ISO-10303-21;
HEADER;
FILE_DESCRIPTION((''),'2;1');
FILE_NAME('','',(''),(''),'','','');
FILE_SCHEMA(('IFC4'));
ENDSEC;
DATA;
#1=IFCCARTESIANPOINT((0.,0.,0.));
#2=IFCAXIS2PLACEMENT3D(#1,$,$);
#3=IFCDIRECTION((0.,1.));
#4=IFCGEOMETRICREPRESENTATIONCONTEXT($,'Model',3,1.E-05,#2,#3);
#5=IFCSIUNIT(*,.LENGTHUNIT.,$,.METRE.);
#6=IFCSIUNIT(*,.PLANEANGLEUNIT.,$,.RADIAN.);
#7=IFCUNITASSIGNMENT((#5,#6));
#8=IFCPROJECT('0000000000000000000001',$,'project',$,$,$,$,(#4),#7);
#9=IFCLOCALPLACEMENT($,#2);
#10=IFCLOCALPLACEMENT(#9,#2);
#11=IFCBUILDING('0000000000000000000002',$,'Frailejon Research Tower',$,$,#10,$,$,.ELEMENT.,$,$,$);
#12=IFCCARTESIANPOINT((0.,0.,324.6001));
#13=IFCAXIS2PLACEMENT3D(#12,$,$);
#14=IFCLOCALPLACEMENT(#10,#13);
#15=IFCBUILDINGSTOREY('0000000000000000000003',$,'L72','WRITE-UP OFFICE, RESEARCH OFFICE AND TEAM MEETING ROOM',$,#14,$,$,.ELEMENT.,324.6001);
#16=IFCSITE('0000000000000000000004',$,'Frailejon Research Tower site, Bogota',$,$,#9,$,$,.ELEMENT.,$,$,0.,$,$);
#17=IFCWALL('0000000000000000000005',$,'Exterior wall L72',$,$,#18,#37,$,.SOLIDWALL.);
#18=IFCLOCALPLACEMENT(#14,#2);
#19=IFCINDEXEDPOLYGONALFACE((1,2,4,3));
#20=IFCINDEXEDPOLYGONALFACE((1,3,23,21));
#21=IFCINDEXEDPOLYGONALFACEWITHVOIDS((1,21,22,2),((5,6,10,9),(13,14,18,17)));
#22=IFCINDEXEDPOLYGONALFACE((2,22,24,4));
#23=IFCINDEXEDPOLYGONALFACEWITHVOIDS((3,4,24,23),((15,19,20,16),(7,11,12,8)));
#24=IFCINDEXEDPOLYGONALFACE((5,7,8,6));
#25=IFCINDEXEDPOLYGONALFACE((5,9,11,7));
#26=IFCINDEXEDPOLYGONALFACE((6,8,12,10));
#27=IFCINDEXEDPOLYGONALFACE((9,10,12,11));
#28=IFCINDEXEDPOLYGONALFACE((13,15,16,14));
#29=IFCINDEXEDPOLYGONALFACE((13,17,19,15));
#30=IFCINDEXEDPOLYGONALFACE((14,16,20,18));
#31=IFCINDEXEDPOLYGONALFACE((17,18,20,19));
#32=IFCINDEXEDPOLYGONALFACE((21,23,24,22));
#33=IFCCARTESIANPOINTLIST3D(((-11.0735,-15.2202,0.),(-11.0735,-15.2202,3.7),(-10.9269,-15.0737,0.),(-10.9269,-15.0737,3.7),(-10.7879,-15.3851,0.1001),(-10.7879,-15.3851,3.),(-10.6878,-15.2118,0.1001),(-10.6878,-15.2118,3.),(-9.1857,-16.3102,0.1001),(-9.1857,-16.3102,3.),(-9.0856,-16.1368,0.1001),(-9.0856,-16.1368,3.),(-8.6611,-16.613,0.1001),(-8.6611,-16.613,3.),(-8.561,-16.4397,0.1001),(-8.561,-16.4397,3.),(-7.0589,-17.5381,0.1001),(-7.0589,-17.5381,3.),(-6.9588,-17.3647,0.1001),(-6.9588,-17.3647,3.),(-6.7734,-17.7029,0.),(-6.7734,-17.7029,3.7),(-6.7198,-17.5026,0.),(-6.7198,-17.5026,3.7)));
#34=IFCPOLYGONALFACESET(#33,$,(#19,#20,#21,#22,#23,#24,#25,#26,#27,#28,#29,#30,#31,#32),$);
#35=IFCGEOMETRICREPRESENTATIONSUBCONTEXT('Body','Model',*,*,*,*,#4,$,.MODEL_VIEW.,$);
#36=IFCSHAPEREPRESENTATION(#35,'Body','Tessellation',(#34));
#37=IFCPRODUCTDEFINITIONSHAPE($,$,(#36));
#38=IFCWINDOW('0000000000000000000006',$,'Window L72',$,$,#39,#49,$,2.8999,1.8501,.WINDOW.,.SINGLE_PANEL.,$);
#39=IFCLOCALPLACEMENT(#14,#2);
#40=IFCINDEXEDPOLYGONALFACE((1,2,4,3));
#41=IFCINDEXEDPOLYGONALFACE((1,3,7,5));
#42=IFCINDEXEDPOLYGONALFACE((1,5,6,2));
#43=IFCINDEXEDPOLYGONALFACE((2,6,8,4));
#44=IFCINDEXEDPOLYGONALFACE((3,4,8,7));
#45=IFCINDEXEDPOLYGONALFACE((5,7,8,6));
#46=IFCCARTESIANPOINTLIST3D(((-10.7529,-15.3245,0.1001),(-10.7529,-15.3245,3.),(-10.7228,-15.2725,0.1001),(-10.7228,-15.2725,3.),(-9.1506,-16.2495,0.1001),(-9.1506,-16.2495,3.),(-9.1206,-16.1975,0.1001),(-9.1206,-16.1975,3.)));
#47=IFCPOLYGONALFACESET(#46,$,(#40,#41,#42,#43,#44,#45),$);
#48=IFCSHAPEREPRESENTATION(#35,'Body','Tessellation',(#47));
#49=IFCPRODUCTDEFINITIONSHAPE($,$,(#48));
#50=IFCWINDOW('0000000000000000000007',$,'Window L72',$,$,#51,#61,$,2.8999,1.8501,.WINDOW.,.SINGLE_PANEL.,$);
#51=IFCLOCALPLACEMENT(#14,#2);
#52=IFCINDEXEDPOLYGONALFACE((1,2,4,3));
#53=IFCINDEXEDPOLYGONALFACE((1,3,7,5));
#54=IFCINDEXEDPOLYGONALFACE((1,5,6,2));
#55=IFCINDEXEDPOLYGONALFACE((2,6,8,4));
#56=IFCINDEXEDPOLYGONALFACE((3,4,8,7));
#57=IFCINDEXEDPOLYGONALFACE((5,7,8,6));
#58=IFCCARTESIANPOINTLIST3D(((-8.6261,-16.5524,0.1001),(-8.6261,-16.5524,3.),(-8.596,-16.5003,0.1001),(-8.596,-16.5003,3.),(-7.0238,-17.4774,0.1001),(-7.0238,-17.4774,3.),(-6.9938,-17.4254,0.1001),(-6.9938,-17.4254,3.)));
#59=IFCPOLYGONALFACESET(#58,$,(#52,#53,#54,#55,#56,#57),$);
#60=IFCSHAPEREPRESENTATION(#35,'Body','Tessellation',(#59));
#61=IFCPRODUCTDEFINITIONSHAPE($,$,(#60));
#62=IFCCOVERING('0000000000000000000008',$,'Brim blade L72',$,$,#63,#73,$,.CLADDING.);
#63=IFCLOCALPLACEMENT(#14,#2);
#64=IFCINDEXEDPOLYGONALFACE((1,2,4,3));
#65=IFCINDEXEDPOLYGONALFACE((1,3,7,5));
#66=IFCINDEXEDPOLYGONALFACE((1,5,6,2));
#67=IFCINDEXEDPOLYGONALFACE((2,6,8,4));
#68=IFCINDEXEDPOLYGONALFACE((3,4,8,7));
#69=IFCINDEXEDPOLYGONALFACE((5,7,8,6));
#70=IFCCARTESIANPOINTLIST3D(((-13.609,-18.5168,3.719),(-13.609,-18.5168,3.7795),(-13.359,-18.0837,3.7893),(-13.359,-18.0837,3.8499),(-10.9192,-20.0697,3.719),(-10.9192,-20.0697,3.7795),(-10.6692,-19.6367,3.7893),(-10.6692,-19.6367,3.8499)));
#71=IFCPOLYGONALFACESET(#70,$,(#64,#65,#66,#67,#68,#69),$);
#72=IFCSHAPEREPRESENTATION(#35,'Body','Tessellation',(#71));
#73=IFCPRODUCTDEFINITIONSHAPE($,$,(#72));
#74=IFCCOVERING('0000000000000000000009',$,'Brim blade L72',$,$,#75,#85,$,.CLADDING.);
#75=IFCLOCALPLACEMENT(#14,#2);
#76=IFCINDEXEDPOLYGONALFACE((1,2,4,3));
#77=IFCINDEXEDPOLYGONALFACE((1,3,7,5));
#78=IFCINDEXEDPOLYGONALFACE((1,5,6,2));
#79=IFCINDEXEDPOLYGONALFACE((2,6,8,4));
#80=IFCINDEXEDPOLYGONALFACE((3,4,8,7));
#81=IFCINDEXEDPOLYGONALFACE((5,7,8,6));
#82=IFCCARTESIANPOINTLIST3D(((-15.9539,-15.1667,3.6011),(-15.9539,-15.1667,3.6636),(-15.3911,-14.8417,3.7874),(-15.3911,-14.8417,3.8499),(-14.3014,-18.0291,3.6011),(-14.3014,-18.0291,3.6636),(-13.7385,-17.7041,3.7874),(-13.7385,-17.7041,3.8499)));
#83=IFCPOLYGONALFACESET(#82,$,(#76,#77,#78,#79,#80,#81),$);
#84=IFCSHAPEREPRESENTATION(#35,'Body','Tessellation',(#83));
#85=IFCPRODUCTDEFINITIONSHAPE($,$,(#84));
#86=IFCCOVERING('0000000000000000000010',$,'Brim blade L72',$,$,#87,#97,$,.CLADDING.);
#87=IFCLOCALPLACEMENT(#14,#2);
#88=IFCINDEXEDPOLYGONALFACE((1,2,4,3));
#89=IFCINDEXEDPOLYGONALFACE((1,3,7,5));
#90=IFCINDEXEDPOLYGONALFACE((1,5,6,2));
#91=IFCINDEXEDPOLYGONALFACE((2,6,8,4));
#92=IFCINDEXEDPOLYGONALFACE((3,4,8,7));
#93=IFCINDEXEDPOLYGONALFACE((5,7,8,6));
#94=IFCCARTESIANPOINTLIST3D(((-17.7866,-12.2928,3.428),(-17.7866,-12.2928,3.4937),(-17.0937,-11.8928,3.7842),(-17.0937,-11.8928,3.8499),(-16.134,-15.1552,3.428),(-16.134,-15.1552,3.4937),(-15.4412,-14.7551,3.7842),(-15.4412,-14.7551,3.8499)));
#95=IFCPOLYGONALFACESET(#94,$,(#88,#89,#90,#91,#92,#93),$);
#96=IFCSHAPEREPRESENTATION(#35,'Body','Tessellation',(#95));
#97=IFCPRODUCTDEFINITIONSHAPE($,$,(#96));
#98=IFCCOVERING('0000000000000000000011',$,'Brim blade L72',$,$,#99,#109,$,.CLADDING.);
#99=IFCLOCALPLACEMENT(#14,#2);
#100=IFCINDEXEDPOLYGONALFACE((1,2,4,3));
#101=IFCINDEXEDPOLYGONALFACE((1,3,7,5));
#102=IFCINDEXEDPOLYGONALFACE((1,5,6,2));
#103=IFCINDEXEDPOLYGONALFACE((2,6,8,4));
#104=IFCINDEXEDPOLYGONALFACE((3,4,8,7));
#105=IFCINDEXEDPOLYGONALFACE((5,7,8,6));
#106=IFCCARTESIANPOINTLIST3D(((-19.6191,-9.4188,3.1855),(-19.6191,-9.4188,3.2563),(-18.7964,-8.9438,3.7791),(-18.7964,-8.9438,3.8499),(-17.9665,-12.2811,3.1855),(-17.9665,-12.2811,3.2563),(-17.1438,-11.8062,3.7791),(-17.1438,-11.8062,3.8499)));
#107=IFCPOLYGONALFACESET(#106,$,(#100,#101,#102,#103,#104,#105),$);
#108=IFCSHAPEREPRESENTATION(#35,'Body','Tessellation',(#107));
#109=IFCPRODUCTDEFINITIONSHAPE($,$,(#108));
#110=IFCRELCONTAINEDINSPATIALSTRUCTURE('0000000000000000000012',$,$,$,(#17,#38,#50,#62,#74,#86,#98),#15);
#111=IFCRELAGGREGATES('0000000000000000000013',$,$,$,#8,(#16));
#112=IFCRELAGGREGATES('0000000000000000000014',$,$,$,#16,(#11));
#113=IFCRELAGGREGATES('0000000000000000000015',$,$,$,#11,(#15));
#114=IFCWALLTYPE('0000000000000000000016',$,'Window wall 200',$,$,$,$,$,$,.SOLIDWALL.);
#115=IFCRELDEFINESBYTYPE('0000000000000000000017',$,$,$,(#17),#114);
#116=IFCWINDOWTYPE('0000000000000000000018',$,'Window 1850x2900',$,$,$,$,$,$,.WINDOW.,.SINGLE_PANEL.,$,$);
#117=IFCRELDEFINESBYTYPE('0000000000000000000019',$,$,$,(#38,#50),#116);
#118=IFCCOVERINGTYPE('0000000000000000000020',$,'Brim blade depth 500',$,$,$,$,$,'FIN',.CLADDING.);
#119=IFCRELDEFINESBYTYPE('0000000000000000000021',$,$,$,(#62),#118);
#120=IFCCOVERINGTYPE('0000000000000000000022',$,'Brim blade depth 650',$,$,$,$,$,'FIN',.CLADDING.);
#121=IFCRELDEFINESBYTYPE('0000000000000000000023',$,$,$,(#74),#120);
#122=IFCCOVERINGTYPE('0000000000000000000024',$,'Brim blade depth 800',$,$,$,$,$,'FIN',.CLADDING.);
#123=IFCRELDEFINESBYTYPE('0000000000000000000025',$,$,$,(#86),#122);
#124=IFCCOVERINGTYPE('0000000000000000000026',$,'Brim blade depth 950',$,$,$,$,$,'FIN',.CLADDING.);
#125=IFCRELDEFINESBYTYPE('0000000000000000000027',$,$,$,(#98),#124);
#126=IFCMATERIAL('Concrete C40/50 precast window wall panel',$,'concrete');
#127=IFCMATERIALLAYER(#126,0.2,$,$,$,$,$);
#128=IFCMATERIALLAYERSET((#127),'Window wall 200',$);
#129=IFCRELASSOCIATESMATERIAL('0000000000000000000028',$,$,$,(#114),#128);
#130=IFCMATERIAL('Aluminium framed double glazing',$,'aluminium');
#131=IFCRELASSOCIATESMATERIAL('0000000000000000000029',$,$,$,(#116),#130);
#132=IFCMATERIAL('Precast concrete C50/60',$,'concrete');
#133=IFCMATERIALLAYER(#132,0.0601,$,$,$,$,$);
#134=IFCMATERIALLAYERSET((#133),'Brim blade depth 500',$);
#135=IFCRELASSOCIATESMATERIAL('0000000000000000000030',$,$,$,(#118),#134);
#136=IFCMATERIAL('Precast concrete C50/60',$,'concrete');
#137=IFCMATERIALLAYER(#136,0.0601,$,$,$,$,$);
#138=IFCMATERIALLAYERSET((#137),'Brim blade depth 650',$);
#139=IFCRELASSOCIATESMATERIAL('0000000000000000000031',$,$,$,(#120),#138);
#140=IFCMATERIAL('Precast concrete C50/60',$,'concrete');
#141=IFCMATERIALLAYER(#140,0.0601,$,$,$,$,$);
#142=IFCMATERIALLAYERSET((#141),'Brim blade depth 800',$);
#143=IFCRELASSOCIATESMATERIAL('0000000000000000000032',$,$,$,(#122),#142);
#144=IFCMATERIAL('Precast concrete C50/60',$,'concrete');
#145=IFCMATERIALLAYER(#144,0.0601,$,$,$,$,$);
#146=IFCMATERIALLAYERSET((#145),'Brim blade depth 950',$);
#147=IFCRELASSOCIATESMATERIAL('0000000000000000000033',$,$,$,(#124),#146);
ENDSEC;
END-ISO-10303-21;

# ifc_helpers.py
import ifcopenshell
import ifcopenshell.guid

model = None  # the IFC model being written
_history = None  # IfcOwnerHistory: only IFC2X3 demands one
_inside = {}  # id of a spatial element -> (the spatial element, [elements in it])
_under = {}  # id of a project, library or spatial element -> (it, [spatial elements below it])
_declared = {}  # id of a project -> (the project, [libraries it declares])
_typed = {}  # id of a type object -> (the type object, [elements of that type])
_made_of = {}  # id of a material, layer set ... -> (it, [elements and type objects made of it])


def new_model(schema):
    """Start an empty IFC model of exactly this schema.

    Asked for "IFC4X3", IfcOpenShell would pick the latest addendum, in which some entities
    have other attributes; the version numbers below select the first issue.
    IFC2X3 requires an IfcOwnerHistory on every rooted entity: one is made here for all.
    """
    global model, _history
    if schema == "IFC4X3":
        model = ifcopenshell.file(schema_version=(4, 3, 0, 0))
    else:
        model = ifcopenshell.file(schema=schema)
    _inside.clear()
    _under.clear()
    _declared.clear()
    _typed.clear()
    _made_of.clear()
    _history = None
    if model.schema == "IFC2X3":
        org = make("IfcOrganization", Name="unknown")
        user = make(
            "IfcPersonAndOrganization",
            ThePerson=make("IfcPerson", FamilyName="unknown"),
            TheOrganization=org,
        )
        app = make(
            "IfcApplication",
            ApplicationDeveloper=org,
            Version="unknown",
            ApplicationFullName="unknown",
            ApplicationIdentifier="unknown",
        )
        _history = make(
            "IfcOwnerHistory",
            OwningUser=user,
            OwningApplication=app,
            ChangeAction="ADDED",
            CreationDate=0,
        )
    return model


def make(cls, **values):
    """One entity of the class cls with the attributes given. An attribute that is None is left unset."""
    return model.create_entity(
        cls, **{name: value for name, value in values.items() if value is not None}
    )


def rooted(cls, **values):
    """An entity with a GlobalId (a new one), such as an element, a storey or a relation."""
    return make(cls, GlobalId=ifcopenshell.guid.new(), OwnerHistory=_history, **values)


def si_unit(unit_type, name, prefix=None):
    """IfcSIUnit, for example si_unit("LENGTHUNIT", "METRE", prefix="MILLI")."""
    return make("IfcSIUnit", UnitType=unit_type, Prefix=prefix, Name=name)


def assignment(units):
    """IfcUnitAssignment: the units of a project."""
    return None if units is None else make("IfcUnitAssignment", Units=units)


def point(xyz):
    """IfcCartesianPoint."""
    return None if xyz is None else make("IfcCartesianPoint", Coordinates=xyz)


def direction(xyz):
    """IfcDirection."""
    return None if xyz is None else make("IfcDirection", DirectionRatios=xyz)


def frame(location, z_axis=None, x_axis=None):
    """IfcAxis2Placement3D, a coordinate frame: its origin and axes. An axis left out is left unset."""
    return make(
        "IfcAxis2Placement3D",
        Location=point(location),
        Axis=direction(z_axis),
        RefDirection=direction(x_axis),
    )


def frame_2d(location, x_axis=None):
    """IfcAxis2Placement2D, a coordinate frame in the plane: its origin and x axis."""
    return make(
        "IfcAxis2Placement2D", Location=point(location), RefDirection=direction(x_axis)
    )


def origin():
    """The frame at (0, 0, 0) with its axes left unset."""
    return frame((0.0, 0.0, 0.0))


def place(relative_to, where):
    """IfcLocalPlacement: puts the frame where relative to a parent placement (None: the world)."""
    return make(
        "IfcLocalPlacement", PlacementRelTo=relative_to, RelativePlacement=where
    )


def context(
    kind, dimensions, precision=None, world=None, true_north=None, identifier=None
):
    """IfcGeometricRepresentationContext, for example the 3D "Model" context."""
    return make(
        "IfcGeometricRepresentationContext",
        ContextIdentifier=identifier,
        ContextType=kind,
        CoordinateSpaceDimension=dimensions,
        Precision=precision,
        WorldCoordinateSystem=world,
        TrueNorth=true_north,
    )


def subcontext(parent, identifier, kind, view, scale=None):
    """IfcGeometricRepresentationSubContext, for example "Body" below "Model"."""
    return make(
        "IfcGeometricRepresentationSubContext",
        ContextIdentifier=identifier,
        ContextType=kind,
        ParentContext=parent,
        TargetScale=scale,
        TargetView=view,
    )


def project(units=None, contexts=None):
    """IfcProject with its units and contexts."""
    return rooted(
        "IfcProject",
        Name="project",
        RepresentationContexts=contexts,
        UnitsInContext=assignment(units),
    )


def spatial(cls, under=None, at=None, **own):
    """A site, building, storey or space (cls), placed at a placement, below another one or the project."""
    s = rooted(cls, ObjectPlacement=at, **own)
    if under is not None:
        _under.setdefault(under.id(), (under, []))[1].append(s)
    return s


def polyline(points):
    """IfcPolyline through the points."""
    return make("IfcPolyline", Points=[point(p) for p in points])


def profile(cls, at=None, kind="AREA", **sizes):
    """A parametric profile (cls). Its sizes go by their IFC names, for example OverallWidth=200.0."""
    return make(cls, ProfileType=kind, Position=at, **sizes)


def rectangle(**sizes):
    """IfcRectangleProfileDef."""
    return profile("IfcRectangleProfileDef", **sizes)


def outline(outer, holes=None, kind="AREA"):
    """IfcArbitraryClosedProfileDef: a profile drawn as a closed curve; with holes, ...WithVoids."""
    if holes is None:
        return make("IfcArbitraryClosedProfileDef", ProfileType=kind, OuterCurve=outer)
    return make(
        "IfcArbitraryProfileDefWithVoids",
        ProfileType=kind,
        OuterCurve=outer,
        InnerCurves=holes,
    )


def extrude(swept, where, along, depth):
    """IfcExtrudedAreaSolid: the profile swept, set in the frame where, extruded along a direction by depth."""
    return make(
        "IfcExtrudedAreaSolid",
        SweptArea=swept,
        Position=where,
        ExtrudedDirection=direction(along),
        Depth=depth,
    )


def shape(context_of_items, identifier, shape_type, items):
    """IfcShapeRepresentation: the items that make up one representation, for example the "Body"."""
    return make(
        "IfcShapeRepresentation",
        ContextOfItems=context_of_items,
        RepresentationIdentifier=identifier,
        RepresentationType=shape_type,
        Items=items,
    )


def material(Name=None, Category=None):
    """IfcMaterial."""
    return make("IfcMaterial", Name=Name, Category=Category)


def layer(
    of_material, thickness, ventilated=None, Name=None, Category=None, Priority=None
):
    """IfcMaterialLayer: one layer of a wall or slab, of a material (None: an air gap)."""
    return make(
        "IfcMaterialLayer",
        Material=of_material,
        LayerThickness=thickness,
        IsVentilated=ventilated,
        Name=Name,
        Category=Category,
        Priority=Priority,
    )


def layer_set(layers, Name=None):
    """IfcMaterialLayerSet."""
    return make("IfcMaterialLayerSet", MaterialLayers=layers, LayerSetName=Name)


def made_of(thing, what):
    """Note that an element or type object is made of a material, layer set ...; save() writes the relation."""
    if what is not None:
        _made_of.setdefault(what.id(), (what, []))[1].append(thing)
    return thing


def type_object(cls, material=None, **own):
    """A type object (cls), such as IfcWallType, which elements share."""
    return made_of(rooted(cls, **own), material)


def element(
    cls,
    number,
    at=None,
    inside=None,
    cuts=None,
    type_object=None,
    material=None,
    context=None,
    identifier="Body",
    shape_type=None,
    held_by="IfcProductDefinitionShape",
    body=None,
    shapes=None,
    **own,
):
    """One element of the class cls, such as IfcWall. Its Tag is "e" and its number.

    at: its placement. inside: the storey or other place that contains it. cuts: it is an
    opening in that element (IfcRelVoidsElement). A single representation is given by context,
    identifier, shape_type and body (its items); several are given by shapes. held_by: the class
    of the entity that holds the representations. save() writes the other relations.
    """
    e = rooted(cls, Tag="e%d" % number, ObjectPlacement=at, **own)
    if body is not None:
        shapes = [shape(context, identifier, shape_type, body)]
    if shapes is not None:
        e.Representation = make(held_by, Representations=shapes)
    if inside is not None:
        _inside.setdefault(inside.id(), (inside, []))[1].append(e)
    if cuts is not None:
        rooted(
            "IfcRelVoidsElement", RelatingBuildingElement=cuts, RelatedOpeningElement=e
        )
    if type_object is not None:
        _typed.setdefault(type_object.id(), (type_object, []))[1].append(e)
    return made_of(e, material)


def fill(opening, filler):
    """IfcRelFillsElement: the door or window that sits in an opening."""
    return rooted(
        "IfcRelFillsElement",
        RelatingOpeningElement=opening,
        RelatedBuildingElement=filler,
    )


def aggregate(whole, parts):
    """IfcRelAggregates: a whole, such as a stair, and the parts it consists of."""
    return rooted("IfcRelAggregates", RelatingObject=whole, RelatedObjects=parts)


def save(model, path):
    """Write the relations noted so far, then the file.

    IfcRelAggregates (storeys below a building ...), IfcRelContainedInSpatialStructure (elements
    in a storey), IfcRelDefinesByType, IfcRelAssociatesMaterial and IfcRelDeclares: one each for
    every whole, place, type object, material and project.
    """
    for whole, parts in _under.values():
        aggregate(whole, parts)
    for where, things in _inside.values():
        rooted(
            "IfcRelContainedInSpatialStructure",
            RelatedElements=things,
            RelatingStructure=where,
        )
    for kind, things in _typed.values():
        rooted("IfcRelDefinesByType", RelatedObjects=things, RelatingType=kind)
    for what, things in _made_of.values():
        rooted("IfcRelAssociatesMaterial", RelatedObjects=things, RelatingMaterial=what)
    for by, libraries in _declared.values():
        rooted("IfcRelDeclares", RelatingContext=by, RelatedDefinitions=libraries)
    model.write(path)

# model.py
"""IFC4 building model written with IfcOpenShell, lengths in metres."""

from ifc_helpers import new_model, si_unit, direction, frame, frame_2d, origin, place, context, subcontext, project, spatial, polyline, rectangle, outline, extrude, material, layer, layer_set, type_object, element, fill, save


model = new_model("IFC4")

# Units and contexts
model_context = context("Model", 3, precision=1e-05, world=origin(), true_north=direction((0.0, 1.0)))
body_context = subcontext(model_context, "Body", "Model", "MODEL_VIEW")
ifc_project = project(units=[si_unit("LENGTHUNIT", "METRE"), si_unit("PLANEANGLEUNIT", "RADIAN")], contexts=[model_context])

# Site, building, storey
site_placement = place(None, origin())
site = spatial("IfcSite", under=ifc_project, at=site_placement, Name="Frailejon Research Tower site, Bogota", CompositionType="ELEMENT", RefElevation=0.0)
building_placement = place(site_placement, origin())
building = spatial("IfcBuilding", under=site, at=building_placement, Name="Frailejon Research Tower", CompositionType="ELEMENT")
storey_placement = place(building_placement, frame((0.0, 0.0, 324.6001)))
storey = spatial("IfcBuildingStorey", under=building, at=storey_placement, Name="L72", Description="WRITE-UP OFFICE, RESEARCH OFFICE AND TEAM MEETING ROOM", CompositionType="ELEMENT", Elevation=324.6001)

# Wall, openings, windows
ifc_material_1 = material(Name="Concrete C40/50 precast window wall panel", Category="concrete")
ifc_layer_1 = layer(ifc_material_1, 0.2)
ifc_layer_set_1 = layer_set([ifc_layer_1], Name="Window wall 200")
wall_type = type_object("IfcWallType", Name="Window wall 200", PredefinedType="SOLIDWALL", material=ifc_layer_set_1)
wall_placement = place(storey_placement, frame((-11.0002, -15.147, 0.0), z_axis=(0.0, 0.0, 1.0), x_axis=(0.866029, -0.499994, 0.0)))
wall = element("IfcWall", 1, at=wall_placement, inside=storey, type_object=wall_type, Name="Exterior wall L72", PredefinedType="SOLIDWALL", context=body_context, shape_type="SweptSolid", body=[
    extrude(outline(polyline([(-0.0269, -0.1001), (1.2144, -0.1001), (2.4558, -0.1001), (3.6973, -0.1001), (4.9385, -0.1001), (4.8848, 0.1001), (3.6704, 0.1001), (2.4558, 0.1001), (1.2412, 0.1001), (0.0269, 0.1001), (-0.0269, -0.1001)])), origin(), (0.0, 0.0, 1.0), 3.7),
])
opening_1_placement = place(wall_placement, frame((0.303, 0.0, 0.1001)))
opening_1 = element("IfcOpeningElement", 2, at=opening_1_placement, cuts=wall, PredefinedType="OPENING", context=body_context, shape_type="SweptSolid", body=[
    extrude(rectangle(XDim=1.8501, YDim=2.8999, at=frame_2d((0.925, 1.45))), frame((0.0, 0.1099, 0.0), z_axis=(0.0, -1.0, 0.0), x_axis=(1.0, 0.0, 0.0)), (0.0, 0.0, 1.0), 0.22),
])
opening_2_placement = place(wall_placement, frame((2.7588, 0.0, 0.1001)))
opening_2 = element("IfcOpeningElement", 3, at=opening_2_placement, cuts=wall, PredefinedType="OPENING", context=body_context, shape_type="SweptSolid", body=[
    extrude(rectangle(XDim=1.8501, YDim=2.8999, at=frame_2d((0.925, 1.45))), frame((0.0, 0.1099, 0.0), z_axis=(0.0, -1.0, 0.0), x_axis=(1.0, 0.0, 0.0)), (0.0, 0.0, 1.0), 0.22),
])
ifc_material_2 = material(Name="Aluminium framed double glazing", Category="aluminium")
window_type = type_object("IfcWindowType", Name="Window 1850x2900", PartitioningType="SINGLE_PANEL", PredefinedType="WINDOW", material=ifc_material_2)
window_1_placement = place(opening_1_placement, origin())
window_1 = element("IfcWindow", 4, at=window_1_placement, inside=storey, type_object=window_type, Name="Window L72", OverallHeight=2.8999, OverallWidth=1.8501, PartitioningType="SINGLE_PANEL", PredefinedType="WINDOW", context=body_context, shape_type="SweptSolid", body=[
    extrude(rectangle(XDim=1.8501, YDim=2.8999, at=frame_2d((0.925, 1.45))), frame((0.0, 0.03, 0.0), z_axis=(0.0, -1.0, 0.0), x_axis=(1.0, 0.0, 0.0)), (0.0, 0.0, 1.0), 0.0601),
])
fill(opening_1, window_1)
window_2_placement = place(opening_2_placement, origin())
window_2 = element("IfcWindow", 5, at=window_2_placement, inside=storey, type_object=window_type, Name="Window L72", OverallHeight=2.8999, OverallWidth=1.8501, PartitioningType="SINGLE_PANEL", PredefinedType="WINDOW", context=body_context, shape_type="SweptSolid", body=[
    extrude(rectangle(XDim=1.8501, YDim=2.8999, at=frame_2d((0.925, 1.45))), frame((0.0, 0.03, 0.0), z_axis=(0.0, -1.0, 0.0), x_axis=(1.0, 0.0, 0.0)), (0.0, 0.0, 1.0), 0.0601),
])
fill(opening_2, window_2)

# Coverings
ifc_material_3 = material(Name="Precast concrete C50/60", Category="concrete")
ifc_layer_2 = layer(ifc_material_3, 0.0601)
ifc_layer_set_2 = layer_set([ifc_layer_2], Name="Brim blade depth 500")
covering_type_1 = type_object("IfcCoveringType", Name="Brim blade depth 500", ElementType="FIN", PredefinedType="CLADDING", material=ifc_layer_set_2)
covering_1_placement = place(storey_placement, frame((-10.6692, -19.6367, 3.8499), z_axis=(-0.866027, 0.499997, 0.0), x_axis=(-0.499997, -0.866027, 0.0)))
element("IfcCovering", 6, at=covering_1_placement, inside=storey, type_object=covering_type_1, Name="Brim blade L72", PredefinedType="CLADDING", context=body_context, shape_type="SweptSolid", body=[
    extrude(outline(polyline([(0.0, -0.0605), (0.5, -0.1309), (0.5, -0.0703), (0.0, 0.0), (0.0, -0.0605)])), origin(), (0.0, 0.0, 1.0), 3.106),
])
ifc_material_4 = material(Name="Precast concrete C50/60", Category="concrete")
ifc_layer_3 = layer(ifc_material_4, 0.0601)
ifc_layer_set_3 = layer_set([ifc_layer_3], Name="Brim blade depth 650")
covering_type_2 = type_object("IfcCoveringType", Name="Brim blade depth 650", ElementType="FIN", PredefinedType="CLADDING", material=ifc_layer_set_3)
covering_2_placement = place(storey_placement, frame((-13.7385, -17.7041, 3.8499), z_axis=(-0.499999, 0.866026, 0.0), x_axis=(-0.866026, -0.499999, 0.0)))
element("IfcCovering", 7, at=covering_2_placement, inside=storey, type_object=covering_type_2, Name="Brim blade L72", PredefinedType="CLADDING", context=body_context, shape_type="SweptSolid", body=[
    extrude(outline(polyline([(0.0, -0.0625), (0.6499, -0.2488), (0.6499, -0.1863), (0.0, 0.0), (0.0, -0.0625)])), origin(), (0.0, 0.0, 1.0), 3.3052),
])
ifc_material_5 = material(Name="Precast concrete C50/60", Category="concrete")
ifc_layer_4 = layer(ifc_material_5, 0.0601)
ifc_layer_set_4 = layer_set([ifc_layer_4], Name="Brim blade depth 800")
covering_type_3 = type_object("IfcCoveringType", Name="Brim blade depth 800", ElementType="FIN", PredefinedType="CLADDING", material=ifc_layer_set_4)
covering_3_placement = place(storey_placement, frame((-15.4412, -14.7551, 3.8499), z_axis=(-0.499999, 0.866026, 0.0), x_axis=(-0.866026, -0.499999, 0.0)))
element("IfcCovering", 8, at=covering_3_placement, inside=storey, type_object=covering_type_3, Name="Brim blade L72", PredefinedType="CLADDING", context=body_context, shape_type="SweptSolid", body=[
    extrude(outline(polyline([(0.0, -0.0657), (0.8, -0.4219), (0.8, -0.3562), (0.0, 0.0), (0.0, -0.0657)])), origin(), (0.0, 0.0, 1.0), 3.3052),
])
ifc_material_6 = material(Name="Precast concrete C50/60", Category="concrete")
ifc_layer_5 = layer(ifc_material_6, 0.0601)
ifc_layer_set_5 = layer_set([ifc_layer_5], Name="Brim blade depth 950")
covering_type_4 = type_object("IfcCoveringType", Name="Brim blade depth 950", ElementType="FIN", PredefinedType="CLADDING", material=ifc_layer_set_5)
covering_4_placement = place(storey_placement, frame((-17.1438, -11.8062, 3.8499), z_axis=(-0.499999, 0.866026, 0.0), x_axis=(-0.866026, -0.499999, 0.0)))
element("IfcCovering", 9, at=covering_4_placement, inside=storey, type_object=covering_type_4, Name="Brim blade L72", PredefinedType="CLADDING", context=body_context, shape_type="SweptSolid", body=[
    extrude(outline(polyline([(0.0, -0.0708), (0.95, -0.6643), (0.95, -0.5935), (0.0, 0.0), (0.0, -0.0708)])), origin(), (0.0, 0.0, 1.0), 3.3052),
])

save(model, "model.ifc")
